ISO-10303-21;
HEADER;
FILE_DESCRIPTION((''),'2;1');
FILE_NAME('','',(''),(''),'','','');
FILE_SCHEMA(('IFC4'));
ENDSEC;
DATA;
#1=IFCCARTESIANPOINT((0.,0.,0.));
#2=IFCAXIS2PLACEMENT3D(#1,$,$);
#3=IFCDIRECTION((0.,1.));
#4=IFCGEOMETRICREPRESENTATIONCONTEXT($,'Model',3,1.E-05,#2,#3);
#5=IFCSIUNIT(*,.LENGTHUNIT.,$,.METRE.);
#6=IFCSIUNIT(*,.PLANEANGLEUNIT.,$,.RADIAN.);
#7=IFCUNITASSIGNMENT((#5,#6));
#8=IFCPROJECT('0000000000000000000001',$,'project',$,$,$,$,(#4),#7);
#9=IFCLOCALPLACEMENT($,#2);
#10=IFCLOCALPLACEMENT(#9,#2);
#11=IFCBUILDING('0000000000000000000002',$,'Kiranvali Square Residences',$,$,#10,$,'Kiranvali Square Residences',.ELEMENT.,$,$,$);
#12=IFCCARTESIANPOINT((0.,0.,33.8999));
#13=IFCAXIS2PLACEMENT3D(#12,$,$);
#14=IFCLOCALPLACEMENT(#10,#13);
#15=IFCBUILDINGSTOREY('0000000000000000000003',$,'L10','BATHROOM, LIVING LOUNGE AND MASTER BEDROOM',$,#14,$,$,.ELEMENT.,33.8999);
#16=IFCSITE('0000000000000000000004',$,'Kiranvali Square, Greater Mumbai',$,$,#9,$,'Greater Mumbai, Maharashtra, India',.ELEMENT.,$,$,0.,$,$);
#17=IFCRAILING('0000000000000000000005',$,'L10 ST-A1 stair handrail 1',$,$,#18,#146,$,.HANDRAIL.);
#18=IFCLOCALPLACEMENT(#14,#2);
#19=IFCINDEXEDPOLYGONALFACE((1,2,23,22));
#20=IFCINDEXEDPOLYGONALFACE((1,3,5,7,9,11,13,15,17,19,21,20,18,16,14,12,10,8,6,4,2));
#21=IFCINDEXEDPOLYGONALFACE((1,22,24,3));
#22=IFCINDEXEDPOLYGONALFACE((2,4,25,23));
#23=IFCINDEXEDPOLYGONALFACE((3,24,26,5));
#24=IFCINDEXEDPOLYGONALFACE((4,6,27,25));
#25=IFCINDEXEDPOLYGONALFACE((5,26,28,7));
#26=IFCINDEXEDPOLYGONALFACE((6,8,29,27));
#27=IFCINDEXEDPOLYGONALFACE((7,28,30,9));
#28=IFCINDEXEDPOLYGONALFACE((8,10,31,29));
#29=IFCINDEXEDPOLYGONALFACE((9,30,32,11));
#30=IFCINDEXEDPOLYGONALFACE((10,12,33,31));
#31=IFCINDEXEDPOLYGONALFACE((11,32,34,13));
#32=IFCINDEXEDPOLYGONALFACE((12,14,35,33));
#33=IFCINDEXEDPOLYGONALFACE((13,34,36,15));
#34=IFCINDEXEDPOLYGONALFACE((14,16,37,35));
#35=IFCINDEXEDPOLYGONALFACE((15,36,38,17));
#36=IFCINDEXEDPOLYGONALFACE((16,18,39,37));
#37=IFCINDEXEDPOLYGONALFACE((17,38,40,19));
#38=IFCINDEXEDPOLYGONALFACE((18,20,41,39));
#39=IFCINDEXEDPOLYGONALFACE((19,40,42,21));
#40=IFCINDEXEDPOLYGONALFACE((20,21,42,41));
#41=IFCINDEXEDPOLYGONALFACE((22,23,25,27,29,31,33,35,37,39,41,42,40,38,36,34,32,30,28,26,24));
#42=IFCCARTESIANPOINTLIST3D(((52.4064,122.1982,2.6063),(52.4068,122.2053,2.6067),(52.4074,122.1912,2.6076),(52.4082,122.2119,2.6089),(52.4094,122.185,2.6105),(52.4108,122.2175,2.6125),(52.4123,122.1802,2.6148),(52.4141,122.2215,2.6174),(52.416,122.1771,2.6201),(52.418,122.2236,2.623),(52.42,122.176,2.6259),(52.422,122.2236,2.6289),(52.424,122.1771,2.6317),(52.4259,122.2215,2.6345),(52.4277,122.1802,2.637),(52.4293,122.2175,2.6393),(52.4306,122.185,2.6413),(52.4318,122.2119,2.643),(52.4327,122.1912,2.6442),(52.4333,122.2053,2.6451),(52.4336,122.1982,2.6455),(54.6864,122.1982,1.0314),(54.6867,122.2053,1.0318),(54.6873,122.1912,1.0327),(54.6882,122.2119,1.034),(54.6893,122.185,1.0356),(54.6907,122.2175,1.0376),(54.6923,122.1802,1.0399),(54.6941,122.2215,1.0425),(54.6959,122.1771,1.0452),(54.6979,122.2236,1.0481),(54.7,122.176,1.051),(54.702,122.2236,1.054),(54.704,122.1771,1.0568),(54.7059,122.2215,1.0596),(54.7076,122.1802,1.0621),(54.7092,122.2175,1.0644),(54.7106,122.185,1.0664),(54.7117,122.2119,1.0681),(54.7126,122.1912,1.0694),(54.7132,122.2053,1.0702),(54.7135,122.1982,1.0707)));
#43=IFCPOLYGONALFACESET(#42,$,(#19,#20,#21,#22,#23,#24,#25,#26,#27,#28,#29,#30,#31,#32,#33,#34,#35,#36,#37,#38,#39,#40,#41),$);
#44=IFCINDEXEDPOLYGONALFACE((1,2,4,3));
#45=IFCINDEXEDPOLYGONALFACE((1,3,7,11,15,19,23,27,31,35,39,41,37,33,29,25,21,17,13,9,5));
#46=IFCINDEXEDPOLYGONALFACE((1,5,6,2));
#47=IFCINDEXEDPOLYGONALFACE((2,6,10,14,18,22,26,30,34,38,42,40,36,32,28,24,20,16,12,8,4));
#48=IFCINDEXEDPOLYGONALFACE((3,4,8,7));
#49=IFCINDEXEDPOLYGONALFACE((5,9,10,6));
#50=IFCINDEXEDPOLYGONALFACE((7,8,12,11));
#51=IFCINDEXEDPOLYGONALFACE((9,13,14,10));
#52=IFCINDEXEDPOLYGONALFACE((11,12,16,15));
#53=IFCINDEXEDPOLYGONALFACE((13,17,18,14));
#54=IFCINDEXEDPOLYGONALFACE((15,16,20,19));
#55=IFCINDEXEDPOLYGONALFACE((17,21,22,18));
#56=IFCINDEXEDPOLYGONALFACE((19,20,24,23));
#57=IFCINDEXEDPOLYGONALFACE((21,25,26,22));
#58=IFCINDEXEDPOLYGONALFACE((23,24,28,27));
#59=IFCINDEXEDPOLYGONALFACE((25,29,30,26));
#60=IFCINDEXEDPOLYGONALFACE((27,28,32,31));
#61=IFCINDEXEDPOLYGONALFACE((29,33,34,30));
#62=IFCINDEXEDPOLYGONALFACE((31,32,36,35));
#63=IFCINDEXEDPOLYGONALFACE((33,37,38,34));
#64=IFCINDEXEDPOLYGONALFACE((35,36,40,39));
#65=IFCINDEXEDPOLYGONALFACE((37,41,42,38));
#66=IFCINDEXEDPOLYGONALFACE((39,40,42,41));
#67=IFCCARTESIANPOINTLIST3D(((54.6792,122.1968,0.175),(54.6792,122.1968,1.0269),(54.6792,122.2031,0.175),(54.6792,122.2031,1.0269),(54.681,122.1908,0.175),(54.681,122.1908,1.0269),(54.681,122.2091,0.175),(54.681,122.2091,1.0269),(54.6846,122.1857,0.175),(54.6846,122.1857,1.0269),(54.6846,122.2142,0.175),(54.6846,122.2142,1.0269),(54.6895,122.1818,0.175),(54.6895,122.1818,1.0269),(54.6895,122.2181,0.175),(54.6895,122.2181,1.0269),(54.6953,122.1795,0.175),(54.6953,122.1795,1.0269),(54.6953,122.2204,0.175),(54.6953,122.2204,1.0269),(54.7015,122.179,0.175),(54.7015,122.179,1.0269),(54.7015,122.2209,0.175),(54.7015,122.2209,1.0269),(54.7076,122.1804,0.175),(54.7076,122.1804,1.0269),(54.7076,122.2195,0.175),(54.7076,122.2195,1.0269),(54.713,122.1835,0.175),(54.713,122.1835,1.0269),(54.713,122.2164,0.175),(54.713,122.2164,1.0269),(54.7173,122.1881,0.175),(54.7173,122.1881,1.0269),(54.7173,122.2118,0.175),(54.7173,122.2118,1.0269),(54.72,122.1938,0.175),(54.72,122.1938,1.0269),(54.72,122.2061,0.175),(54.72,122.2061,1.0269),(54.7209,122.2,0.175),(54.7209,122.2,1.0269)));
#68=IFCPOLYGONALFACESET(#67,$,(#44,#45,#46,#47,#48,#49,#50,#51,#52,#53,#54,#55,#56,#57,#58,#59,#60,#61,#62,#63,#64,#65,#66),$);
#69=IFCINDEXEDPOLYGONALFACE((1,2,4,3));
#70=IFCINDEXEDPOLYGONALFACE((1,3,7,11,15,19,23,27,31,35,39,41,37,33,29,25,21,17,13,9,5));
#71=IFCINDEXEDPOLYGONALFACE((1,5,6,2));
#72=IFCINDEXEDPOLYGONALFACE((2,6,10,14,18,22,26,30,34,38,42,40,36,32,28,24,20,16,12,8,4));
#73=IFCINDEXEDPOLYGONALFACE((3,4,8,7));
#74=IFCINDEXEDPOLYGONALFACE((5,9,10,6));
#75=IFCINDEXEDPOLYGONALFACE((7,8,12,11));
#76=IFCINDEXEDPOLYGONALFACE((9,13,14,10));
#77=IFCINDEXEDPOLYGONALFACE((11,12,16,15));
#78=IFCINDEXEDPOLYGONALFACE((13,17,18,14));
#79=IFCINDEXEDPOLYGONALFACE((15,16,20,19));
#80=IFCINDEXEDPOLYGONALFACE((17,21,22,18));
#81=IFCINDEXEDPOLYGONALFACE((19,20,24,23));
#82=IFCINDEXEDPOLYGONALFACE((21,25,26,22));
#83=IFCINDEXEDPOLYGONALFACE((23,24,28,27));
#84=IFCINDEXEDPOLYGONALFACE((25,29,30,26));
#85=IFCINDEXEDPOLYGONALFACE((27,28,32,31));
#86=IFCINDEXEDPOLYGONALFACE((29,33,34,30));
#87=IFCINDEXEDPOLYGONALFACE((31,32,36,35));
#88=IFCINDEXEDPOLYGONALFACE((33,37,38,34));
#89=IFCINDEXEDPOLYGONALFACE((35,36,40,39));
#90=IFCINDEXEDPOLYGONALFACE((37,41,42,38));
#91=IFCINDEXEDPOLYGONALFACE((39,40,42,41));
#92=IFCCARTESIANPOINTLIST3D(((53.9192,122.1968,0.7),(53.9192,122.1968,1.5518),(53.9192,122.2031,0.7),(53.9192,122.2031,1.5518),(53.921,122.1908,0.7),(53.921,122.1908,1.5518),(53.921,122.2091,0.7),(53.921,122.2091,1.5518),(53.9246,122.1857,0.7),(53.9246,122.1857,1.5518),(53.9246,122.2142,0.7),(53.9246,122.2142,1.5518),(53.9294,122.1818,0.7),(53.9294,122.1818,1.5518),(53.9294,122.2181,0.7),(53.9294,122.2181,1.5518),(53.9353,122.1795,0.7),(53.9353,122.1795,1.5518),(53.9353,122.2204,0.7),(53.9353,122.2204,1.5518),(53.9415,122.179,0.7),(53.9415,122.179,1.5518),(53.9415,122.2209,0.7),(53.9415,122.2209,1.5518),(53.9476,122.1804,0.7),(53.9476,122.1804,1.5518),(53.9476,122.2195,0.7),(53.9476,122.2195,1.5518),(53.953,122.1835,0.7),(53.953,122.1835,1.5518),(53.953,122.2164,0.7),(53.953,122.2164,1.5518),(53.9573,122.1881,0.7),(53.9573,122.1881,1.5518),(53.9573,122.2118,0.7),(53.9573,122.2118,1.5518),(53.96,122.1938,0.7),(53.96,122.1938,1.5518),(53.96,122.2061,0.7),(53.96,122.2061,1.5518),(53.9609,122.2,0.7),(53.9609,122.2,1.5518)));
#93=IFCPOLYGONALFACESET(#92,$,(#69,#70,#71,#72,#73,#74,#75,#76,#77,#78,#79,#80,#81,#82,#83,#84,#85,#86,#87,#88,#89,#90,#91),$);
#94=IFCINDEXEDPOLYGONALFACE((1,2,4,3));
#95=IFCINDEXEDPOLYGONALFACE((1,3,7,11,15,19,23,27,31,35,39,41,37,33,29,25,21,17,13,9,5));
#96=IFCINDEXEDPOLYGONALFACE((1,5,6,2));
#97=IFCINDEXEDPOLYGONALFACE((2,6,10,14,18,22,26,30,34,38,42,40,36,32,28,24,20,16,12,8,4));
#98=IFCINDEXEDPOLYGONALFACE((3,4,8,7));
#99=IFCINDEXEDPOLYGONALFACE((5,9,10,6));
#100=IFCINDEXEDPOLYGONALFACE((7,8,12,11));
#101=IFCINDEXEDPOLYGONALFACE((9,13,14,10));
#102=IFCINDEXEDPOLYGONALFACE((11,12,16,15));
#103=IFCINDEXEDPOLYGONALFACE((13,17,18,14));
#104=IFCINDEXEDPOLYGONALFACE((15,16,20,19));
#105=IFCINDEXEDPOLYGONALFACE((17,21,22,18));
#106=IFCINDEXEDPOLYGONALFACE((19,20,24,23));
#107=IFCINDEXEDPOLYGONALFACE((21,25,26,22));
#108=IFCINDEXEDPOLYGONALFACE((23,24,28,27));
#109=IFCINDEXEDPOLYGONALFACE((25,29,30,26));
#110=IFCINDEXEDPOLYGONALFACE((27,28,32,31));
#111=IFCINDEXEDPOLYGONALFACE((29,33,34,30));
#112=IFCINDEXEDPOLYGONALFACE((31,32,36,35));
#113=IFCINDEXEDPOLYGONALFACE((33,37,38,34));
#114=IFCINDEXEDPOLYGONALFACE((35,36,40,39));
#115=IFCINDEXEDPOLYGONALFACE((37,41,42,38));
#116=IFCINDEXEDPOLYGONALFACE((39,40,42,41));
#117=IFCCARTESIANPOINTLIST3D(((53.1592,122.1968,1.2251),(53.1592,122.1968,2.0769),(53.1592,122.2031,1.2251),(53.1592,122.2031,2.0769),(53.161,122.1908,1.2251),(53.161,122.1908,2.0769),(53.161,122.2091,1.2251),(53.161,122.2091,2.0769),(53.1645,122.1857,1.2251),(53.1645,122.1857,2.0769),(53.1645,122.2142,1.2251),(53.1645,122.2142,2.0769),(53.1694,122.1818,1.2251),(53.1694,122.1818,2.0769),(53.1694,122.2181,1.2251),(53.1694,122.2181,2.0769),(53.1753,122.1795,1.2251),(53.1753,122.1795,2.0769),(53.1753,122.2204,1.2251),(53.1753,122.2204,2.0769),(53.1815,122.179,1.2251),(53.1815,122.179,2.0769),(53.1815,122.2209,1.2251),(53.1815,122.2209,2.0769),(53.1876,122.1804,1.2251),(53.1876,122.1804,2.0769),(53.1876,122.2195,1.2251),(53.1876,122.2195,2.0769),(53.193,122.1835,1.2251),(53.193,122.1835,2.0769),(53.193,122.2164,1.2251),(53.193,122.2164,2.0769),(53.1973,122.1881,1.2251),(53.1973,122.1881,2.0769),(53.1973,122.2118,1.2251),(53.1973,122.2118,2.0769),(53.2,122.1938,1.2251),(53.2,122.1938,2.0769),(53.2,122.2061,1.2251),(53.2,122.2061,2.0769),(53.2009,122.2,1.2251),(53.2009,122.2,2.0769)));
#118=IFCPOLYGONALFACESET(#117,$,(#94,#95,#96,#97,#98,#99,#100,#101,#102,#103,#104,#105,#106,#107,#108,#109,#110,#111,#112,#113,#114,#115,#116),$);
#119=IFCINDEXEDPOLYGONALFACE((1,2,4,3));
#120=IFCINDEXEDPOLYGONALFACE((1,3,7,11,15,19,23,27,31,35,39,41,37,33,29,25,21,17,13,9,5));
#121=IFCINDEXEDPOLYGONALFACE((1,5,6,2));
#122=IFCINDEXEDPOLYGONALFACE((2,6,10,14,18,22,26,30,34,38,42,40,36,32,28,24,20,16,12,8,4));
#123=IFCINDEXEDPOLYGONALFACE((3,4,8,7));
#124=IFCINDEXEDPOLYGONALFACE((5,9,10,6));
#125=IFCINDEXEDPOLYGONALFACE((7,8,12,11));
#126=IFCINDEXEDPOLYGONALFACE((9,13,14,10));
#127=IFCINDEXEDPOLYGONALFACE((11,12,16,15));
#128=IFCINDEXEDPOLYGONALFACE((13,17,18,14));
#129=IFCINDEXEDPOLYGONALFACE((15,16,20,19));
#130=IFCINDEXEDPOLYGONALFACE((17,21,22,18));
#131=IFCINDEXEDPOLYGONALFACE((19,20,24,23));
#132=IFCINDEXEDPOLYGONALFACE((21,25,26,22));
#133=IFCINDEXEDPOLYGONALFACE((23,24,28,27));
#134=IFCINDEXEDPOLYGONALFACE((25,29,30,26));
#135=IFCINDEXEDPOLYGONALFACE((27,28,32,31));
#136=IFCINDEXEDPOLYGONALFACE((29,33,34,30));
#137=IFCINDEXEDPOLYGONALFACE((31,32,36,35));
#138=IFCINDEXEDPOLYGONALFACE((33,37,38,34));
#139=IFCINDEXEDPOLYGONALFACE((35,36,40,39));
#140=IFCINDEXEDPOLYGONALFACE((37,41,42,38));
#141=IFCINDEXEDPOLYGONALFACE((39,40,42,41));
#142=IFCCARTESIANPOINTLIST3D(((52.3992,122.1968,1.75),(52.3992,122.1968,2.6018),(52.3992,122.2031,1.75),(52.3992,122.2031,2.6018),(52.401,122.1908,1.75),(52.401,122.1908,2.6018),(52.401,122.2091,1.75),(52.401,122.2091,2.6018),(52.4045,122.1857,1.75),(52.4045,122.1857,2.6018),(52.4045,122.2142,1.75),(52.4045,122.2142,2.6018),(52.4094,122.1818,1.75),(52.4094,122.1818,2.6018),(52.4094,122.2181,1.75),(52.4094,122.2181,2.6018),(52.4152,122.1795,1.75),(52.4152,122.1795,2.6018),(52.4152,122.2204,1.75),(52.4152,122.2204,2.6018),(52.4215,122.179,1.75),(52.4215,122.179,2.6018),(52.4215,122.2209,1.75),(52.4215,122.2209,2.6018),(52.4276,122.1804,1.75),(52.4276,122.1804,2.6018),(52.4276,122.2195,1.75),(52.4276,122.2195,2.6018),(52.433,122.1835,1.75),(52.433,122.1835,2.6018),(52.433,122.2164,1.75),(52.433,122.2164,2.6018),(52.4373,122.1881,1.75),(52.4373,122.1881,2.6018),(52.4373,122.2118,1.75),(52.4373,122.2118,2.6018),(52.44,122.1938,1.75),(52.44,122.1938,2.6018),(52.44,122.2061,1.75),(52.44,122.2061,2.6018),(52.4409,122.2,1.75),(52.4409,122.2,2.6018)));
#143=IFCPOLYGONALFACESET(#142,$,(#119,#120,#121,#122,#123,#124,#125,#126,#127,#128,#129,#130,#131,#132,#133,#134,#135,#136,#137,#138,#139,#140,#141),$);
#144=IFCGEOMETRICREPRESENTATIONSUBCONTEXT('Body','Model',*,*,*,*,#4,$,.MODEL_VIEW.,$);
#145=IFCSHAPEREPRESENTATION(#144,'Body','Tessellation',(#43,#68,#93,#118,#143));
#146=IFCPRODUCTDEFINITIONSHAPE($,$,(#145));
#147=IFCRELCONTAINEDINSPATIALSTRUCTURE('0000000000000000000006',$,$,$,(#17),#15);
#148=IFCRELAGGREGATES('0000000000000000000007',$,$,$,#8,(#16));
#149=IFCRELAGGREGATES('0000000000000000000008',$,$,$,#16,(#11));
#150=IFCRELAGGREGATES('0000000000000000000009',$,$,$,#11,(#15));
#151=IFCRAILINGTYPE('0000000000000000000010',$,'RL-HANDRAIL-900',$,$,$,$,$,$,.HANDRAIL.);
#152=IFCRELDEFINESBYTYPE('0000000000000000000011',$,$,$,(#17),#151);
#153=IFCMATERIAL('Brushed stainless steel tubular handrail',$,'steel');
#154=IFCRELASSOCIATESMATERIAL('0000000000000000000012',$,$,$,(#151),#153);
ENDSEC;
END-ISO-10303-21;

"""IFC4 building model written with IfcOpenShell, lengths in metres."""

from ifc_helpers import new_model, si_unit, direction, frame, origin, origin_2d, place, context, subcontext, project, spatial, circle, extrude, material, type_object, element, save


model = new_model("IFC4")

# Units and contexts
model_context = context("Model", 3, precision=1e-05, world=origin(), true_north=direction((0.0, 1.0)))
body_context = subcontext(model_context, "Body", "Model", "MODEL_VIEW")
ifc_project = project(units=[si_unit("LENGTHUNIT", "METRE"), si_unit("PLANEANGLEUNIT", "RADIAN")], contexts=[model_context])

# Site, building, storey
site_placement = place(None, origin())
site = spatial("IfcSite", under=ifc_project, at=site_placement, Name="Kiranvali Square, Greater Mumbai", LongName="Greater Mumbai, Maharashtra, India", CompositionType="ELEMENT", RefElevation=0.0)
building_placement = place(site_placement, origin())
building = spatial("IfcBuilding", under=site, at=building_placement, Name="Kiranvali Square Residences", LongName="Kiranvali Square Residences", CompositionType="ELEMENT")
storey_placement = place(building_placement, frame((0.0, 0.0, 33.8999)))
storey = spatial("IfcBuildingStorey", under=building, at=storey_placement, Name="L10", Description="BATHROOM, LIVING LOUNGE AND MASTER BEDROOM", CompositionType="ELEMENT", Elevation=33.8999)

# Railing
ifc_material_1 = material(Name="Brushed stainless steel tubular handrail", Category="steel")
railing_type_1 = type_object("IfcRailingType", Name="RL-HANDRAIL-900", PredefinedType="HANDRAIL", material=ifc_material_1)
railing_1_placement = place(storey_placement, frame((54.7, 122.2, 0.175)))
element("IfcRailing", 1, at=railing_1_placement, inside=storey, type_object=railing_type_1, Name="L10 ST-A1 stair handrail 1", PredefinedType="HANDRAIL", context=body_context, shape_type="SweptSolid", body=[
    extrude(circle(Radius=0.0239, at=origin_2d()), frame((0.0, 0.0, 0.876), z_axis=(-0.822788, 0.0, 0.568348), x_axis=(0.0, -1.0, 0.0)), (0.0, 0.0, 1.0), 2.771),
    extrude(circle(Radius=0.021, at=origin_2d()), origin(), (0.0, 0.0, 1.0), 0.8518),
    extrude(circle(Radius=0.021, at=origin_2d()), frame((-0.76, 0.0, 0.5249)), (0.0, 0.0, 1.0), 0.8518),
    extrude(circle(Radius=0.021, at=origin_2d()), frame((-1.52, 0.0, 1.05)), (0.0, 0.0, 1.0), 0.8518),
    extrude(circle(Radius=0.021, at=origin_2d()), frame((-2.28, 0.0, 1.575)), (0.0, 0.0, 1.0), 0.8518),
])

save(model, "model.ifc")
